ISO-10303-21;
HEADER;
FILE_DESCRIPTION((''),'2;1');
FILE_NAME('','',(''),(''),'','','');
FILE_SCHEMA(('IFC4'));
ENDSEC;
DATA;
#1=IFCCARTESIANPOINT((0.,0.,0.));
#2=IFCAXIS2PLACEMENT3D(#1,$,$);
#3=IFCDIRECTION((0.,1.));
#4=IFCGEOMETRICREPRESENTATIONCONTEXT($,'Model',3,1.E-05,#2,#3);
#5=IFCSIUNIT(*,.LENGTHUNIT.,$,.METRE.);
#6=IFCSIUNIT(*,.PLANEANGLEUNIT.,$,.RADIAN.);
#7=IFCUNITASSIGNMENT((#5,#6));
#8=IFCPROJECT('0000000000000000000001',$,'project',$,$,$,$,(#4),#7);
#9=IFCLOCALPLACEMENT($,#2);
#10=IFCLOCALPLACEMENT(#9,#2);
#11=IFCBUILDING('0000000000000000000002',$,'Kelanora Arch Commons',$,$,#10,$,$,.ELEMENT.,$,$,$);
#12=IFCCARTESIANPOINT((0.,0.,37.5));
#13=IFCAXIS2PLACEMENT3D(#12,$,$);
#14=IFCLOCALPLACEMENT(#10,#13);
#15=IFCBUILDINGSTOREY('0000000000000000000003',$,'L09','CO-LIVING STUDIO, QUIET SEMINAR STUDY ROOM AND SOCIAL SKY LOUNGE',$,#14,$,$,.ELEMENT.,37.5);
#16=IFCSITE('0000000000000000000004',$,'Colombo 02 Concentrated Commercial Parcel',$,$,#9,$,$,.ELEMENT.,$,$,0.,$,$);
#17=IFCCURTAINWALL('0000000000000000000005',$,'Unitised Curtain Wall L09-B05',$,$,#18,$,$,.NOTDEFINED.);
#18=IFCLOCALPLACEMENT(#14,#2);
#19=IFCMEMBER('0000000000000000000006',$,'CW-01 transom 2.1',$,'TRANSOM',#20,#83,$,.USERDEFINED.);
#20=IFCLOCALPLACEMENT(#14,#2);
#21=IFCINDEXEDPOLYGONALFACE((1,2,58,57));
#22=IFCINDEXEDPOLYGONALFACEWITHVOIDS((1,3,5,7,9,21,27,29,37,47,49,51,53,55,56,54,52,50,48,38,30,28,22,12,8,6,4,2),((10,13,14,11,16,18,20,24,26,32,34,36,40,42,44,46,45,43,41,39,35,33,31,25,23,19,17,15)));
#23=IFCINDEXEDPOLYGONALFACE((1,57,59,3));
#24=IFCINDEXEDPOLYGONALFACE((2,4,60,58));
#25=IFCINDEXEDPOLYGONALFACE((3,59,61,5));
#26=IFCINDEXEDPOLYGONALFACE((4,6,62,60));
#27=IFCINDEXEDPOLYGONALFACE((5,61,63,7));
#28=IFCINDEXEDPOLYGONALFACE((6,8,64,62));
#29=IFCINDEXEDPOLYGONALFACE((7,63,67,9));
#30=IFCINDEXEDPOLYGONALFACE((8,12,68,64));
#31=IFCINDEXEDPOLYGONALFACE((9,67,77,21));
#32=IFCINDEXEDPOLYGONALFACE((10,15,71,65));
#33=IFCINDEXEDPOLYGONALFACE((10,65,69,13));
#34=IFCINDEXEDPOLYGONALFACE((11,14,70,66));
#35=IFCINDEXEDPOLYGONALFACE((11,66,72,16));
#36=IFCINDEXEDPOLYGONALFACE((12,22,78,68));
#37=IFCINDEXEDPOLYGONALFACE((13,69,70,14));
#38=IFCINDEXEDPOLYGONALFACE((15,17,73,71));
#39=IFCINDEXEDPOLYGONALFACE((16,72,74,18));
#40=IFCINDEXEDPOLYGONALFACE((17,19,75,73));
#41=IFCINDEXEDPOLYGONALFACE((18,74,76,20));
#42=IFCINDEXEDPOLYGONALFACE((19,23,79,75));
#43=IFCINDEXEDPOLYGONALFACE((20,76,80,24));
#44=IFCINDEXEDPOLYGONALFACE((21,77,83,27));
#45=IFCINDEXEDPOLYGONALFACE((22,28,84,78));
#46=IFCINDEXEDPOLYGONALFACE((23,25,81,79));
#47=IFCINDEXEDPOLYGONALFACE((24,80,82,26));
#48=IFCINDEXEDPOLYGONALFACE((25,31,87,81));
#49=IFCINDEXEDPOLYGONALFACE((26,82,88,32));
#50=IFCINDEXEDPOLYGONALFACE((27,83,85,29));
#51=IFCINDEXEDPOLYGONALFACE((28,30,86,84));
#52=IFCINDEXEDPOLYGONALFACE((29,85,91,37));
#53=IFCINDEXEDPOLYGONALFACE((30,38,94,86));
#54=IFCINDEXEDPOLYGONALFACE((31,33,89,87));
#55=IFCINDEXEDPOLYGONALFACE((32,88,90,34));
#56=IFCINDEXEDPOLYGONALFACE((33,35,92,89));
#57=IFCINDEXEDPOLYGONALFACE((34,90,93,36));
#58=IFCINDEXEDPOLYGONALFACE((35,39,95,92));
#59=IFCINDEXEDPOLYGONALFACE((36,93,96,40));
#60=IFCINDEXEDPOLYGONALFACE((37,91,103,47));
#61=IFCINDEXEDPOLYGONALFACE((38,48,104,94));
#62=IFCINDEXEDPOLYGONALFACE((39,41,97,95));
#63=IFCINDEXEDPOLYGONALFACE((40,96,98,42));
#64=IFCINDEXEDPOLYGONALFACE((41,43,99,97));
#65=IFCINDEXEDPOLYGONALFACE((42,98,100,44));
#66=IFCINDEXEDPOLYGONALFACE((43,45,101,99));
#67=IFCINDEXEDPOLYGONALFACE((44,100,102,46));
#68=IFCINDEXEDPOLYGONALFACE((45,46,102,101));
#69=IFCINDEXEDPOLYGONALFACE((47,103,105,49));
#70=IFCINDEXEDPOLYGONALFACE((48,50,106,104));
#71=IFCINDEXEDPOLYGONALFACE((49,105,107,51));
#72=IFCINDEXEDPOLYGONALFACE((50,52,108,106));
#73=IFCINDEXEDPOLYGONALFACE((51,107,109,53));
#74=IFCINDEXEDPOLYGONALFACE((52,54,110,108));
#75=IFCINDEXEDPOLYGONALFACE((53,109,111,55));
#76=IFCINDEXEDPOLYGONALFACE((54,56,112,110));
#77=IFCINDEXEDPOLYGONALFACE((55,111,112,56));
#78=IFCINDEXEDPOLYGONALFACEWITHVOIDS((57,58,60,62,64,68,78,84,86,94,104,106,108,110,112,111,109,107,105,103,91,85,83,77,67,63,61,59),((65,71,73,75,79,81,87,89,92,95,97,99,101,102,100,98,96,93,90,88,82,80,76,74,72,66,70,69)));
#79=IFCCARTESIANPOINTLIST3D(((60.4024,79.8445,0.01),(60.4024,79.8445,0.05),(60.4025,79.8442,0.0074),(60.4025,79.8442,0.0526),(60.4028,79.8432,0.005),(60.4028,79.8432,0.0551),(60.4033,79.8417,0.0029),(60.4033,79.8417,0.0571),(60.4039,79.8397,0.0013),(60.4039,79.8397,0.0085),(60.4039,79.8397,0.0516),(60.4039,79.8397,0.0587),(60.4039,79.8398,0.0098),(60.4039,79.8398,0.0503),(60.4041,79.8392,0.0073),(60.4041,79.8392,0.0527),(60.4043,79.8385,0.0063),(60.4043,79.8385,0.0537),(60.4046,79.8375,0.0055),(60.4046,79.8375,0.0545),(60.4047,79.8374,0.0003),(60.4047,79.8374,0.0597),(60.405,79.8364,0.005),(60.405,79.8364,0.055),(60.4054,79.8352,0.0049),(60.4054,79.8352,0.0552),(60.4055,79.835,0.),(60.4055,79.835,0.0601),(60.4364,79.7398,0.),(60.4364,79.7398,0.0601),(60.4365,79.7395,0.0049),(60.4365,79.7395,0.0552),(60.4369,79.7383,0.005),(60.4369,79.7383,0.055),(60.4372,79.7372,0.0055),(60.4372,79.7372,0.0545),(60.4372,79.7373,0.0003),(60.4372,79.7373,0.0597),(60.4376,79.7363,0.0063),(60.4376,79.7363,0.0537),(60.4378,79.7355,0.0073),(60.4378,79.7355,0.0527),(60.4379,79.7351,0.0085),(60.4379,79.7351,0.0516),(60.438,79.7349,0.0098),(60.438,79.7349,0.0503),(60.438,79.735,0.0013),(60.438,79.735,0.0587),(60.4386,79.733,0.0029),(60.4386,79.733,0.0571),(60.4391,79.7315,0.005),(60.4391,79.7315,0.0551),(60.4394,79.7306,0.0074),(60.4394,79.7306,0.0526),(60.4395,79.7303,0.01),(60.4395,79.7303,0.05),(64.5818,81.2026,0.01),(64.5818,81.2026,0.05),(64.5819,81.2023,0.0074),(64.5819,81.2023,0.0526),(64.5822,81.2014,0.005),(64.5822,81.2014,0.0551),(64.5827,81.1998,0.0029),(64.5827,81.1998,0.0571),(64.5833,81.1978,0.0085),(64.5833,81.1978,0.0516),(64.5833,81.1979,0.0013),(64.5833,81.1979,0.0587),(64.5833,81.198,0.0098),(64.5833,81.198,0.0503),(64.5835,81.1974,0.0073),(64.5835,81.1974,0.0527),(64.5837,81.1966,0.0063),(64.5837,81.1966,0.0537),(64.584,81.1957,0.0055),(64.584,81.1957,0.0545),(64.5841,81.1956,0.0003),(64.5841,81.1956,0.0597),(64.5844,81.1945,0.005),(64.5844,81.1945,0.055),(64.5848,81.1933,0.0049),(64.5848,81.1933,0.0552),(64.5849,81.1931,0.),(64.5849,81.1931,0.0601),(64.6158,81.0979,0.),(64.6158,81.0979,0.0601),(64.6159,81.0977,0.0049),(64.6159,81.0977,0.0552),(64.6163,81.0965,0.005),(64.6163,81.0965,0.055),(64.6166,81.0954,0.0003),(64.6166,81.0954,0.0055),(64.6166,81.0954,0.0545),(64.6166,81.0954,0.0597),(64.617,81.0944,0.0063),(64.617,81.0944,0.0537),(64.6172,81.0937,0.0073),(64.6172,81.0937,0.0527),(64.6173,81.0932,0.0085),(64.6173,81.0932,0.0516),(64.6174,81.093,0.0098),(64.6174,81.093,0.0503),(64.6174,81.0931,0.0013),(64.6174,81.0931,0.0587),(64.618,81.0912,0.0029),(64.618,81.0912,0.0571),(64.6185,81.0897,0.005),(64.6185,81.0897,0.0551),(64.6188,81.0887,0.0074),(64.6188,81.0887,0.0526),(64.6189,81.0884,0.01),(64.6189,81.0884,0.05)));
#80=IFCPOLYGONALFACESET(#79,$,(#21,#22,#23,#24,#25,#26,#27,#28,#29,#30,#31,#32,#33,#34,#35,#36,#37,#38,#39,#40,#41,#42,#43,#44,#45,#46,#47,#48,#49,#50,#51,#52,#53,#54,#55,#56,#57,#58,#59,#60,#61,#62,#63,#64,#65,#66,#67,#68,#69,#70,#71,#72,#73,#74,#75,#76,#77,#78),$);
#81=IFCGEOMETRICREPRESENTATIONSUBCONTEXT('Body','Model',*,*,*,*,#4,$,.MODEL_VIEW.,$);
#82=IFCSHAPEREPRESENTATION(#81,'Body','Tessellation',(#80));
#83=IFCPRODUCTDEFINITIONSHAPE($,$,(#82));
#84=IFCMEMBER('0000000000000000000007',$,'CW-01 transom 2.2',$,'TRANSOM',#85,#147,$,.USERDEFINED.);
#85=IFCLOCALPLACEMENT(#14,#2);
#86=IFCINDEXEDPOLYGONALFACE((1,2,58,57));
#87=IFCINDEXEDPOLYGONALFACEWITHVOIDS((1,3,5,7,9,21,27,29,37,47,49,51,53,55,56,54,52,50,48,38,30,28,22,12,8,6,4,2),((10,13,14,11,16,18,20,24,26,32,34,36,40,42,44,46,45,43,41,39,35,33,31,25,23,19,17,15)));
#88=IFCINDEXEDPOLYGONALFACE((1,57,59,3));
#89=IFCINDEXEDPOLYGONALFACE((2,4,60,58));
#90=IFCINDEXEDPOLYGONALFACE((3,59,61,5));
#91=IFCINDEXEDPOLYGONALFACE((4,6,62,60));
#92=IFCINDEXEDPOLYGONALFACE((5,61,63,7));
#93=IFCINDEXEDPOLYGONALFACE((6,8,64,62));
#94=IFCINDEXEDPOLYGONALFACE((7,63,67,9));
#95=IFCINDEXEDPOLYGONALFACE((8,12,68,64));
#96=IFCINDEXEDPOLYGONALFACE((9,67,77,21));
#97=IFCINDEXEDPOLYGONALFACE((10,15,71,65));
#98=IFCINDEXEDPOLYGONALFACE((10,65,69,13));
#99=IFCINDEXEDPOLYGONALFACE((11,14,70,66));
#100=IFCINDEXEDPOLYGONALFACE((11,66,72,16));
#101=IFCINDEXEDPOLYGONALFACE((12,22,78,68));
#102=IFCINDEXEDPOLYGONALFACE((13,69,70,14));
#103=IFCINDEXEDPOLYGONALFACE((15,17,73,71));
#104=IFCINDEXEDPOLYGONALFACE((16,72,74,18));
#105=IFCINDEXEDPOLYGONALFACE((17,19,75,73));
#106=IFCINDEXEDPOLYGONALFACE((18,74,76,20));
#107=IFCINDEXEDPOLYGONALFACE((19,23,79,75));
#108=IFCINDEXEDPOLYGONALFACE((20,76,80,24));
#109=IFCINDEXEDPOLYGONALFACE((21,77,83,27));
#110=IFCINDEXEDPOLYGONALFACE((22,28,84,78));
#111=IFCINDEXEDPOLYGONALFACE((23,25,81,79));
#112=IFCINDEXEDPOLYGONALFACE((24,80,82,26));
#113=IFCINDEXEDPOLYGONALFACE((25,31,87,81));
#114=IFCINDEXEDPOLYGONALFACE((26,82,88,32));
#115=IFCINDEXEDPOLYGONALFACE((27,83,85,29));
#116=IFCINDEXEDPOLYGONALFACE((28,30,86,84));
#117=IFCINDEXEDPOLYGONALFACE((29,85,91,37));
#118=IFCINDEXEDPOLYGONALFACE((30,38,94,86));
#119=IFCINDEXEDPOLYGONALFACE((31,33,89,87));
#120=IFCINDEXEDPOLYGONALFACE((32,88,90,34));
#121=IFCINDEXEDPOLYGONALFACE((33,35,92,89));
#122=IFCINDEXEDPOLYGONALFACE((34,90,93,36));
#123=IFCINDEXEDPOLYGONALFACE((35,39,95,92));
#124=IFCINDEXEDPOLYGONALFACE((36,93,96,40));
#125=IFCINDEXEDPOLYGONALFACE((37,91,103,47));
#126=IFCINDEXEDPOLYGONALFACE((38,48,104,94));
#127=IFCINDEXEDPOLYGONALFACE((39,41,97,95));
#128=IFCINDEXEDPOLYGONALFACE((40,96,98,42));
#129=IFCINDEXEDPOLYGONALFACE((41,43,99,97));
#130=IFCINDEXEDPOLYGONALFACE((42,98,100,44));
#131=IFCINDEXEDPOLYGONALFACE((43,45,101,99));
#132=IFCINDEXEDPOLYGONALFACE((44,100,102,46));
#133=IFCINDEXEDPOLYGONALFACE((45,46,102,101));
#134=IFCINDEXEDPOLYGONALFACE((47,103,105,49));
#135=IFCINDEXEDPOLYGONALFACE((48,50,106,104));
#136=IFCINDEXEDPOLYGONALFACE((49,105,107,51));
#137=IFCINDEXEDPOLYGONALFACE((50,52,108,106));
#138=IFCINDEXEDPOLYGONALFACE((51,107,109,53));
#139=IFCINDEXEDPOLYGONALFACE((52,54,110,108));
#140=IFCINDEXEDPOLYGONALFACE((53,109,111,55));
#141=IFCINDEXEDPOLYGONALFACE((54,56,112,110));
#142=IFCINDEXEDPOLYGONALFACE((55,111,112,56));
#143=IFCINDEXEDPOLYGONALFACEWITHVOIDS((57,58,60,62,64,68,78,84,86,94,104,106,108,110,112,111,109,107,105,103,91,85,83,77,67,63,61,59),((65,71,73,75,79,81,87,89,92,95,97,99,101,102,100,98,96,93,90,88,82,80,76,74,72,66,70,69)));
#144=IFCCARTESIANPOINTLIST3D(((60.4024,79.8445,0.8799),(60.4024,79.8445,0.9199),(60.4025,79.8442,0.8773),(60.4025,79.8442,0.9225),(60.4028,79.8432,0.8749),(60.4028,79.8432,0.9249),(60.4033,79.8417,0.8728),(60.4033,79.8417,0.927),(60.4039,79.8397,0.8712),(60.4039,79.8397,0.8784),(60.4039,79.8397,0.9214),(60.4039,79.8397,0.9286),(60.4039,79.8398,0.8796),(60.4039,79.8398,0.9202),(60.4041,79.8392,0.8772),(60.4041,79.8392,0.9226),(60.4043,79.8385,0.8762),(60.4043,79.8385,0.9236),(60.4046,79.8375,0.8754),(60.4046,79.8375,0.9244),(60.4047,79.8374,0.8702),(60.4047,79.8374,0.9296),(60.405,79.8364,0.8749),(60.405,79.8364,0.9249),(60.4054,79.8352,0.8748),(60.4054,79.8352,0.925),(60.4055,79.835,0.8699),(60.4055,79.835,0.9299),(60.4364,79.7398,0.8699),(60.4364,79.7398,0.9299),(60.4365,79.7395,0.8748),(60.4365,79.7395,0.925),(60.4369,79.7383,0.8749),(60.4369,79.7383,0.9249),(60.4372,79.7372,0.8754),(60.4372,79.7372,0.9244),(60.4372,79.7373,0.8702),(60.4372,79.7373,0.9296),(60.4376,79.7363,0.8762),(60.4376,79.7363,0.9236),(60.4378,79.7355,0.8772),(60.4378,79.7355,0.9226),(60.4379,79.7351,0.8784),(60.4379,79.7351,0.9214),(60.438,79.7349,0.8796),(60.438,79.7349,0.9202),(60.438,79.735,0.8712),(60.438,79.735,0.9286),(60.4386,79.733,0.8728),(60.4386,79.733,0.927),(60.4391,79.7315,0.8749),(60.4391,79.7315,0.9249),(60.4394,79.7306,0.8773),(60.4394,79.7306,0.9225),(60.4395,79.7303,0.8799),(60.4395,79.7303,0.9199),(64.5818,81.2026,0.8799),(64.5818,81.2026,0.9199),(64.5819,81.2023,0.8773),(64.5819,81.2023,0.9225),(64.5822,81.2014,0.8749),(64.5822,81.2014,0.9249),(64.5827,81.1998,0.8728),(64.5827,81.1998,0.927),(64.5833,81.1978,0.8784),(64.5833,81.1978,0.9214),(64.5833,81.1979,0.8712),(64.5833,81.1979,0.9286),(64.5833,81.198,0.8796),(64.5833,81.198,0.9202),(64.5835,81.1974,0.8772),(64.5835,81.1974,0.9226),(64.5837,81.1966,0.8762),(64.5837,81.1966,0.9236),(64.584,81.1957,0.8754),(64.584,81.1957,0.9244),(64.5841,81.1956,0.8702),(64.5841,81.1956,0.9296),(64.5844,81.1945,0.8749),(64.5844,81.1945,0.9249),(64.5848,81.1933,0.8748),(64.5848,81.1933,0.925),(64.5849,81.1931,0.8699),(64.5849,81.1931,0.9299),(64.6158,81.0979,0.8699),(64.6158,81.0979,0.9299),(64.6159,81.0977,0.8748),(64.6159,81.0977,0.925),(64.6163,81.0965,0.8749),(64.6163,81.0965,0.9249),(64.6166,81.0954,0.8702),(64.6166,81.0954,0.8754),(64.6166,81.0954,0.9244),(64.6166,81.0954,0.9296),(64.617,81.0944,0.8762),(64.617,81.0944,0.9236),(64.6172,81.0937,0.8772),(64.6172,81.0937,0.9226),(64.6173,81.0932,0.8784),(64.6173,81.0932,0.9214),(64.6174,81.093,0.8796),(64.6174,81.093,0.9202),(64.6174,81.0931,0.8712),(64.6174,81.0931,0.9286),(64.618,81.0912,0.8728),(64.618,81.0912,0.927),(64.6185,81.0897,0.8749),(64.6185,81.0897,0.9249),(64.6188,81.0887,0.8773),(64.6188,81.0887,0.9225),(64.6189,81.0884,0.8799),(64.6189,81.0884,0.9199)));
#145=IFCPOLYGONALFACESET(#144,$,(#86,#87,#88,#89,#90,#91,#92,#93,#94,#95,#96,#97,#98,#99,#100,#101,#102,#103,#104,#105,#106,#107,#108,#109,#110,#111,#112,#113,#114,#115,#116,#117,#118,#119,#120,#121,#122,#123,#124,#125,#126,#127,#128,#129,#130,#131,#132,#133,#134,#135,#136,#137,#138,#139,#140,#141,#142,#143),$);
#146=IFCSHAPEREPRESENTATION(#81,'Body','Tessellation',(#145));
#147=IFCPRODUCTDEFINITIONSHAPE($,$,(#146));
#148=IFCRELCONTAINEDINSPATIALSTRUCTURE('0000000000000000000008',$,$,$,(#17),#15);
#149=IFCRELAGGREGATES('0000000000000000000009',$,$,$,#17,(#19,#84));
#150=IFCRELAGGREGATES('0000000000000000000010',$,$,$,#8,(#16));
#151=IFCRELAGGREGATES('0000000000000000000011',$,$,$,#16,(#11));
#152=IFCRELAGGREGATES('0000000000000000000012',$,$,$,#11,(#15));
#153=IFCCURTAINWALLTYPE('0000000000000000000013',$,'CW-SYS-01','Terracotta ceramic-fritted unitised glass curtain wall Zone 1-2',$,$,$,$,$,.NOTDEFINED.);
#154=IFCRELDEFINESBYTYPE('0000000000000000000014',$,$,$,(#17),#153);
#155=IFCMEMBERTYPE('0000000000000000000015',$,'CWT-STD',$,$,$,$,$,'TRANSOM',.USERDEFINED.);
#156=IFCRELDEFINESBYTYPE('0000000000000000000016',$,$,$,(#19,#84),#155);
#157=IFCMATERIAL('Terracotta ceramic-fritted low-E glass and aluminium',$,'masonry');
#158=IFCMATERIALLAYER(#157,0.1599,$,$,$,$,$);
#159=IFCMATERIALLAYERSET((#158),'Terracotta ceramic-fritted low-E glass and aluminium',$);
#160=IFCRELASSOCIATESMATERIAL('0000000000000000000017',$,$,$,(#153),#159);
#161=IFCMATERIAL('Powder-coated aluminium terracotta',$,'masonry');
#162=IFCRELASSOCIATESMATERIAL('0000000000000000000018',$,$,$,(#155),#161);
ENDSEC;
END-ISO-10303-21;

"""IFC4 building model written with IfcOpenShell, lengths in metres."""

from ifc_helpers import new_model, si_unit, direction, frame, origin, origin_2d, place, context, subcontext, project, spatial, hollow_rectangle, extrude, material, layer, layer_set, material_profile, profile_set, type_object, element, aggregate, save


model = new_model("IFC4")

# Units and contexts
model_context = context("Model", 3, precision=1e-05, world=origin(), true_north=direction((0.0, 1.0)))
body_context = subcontext(model_context, "Body", "Model", "MODEL_VIEW")
ifc_project = project(units=[si_unit("LENGTHUNIT", "METRE"), si_unit("PLANEANGLEUNIT", "RADIAN")], contexts=[model_context])

# Site, building, storey
site_placement = place(None, origin())
site = spatial("IfcSite", under=ifc_project, at=site_placement, Name="Colombo 02 Concentrated Commercial Parcel", CompositionType="ELEMENT", RefElevation=0.0)
building_placement = place(site_placement, origin())
building = spatial("IfcBuilding", under=site, at=building_placement, Name="Kelanora Arch Commons", CompositionType="ELEMENT")
storey_placement = place(building_placement, frame((0.0, 0.0, 37.5)))
storey = spatial("IfcBuildingStorey", under=building, at=storey_placement, Name="L09", Description="CO-LIVING STUDIO, QUIET SEMINAR STUDY ROOM AND SOCIAL SKY LOUNGE", CompositionType="ELEMENT", Elevation=37.5)

# Curtain wall, members
ifc_material_1 = material(Name="Terracotta ceramic-fritted low-E glass and aluminium", Category="masonry")
ifc_layer_1 = layer(ifc_material_1, 0.1599)
ifc_layer_set_1 = layer_set([ifc_layer_1], Name="Terracotta ceramic-fritted low-E glass and aluminium")
curtain_wall_type = type_object("IfcCurtainWallType", Name="CW-SYS-01", Description="Terracotta ceramic-fritted unitised glass curtain wall Zone 1-2", PredefinedType="NOTDEFINED", material=ifc_layer_set_1)
curtain_wall_placement = place(storey_placement, origin())
curtain_wall = element("IfcCurtainWall", 1, at=curtain_wall_placement, inside=storey, type_object=curtain_wall_type, Name="Unitised Curtain Wall L09-B05", PredefinedType="NOTDEFINED")
ifc_material_2 = material(Name="Powder-coated aluminium terracotta", Category="masonry")
ifc_material_profile_1 = material_profile(ifc_material_2, hollow_rectangle(XDim=0.1201, YDim=0.0601, WallThickness=0.0049, InnerFilletRadius=0.0049, OuterFilletRadius=0.01, at=origin_2d()), Name="CWT120x60")
ifc_profile_set_1 = profile_set([ifc_material_profile_1], Name="Powder-coated aluminium terracotta")
member_type_1 = type_object("IfcMemberType", Name="CWT-STD", ElementType="TRANSOM", PredefinedType="USERDEFINED", material=ifc_profile_set_1)
member_1_placement = place(storey_placement, frame((64.6003, 81.1455, 0.03), z_axis=(-0.951045, -0.309052, 0.0), x_axis=(0.309052, -0.951045, 0.0)))
member_1 = element("IfcMember", 2, at=member_1_placement, type_object=member_type_1, Name="CW-01 transom 2.1", ObjectType="TRANSOM", PredefinedType="USERDEFINED", context=body_context, shape_type="SweptSolid", body=[
    extrude(hollow_rectangle(XDim=0.1201, YDim=0.0601, WallThickness=0.0049, InnerFilletRadius=0.0049, OuterFilletRadius=0.01, at=origin_2d()), origin(), (0.0, 0.0, 1.0), 4.3945),
])
member_2_placement = place(storey_placement, frame((64.6003, 81.1455, 0.8999), z_axis=(-0.951045, -0.309052, 0.0), x_axis=(0.309052, -0.951045, 0.0)))
member_2 = element("IfcMember", 3, at=member_2_placement, type_object=member_type_1, Name="CW-01 transom 2.2", ObjectType="TRANSOM", PredefinedType="USERDEFINED", context=body_context, shape_type="SweptSolid", body=[
    extrude(hollow_rectangle(XDim=0.1201, YDim=0.0601, WallThickness=0.0049, InnerFilletRadius=0.0049, OuterFilletRadius=0.01, at=origin_2d()), origin(), (0.0, 0.0, 1.0), 4.3945),
])
aggregate(curtain_wall, [member_1, member_2])

save(model, "model.ifc")
